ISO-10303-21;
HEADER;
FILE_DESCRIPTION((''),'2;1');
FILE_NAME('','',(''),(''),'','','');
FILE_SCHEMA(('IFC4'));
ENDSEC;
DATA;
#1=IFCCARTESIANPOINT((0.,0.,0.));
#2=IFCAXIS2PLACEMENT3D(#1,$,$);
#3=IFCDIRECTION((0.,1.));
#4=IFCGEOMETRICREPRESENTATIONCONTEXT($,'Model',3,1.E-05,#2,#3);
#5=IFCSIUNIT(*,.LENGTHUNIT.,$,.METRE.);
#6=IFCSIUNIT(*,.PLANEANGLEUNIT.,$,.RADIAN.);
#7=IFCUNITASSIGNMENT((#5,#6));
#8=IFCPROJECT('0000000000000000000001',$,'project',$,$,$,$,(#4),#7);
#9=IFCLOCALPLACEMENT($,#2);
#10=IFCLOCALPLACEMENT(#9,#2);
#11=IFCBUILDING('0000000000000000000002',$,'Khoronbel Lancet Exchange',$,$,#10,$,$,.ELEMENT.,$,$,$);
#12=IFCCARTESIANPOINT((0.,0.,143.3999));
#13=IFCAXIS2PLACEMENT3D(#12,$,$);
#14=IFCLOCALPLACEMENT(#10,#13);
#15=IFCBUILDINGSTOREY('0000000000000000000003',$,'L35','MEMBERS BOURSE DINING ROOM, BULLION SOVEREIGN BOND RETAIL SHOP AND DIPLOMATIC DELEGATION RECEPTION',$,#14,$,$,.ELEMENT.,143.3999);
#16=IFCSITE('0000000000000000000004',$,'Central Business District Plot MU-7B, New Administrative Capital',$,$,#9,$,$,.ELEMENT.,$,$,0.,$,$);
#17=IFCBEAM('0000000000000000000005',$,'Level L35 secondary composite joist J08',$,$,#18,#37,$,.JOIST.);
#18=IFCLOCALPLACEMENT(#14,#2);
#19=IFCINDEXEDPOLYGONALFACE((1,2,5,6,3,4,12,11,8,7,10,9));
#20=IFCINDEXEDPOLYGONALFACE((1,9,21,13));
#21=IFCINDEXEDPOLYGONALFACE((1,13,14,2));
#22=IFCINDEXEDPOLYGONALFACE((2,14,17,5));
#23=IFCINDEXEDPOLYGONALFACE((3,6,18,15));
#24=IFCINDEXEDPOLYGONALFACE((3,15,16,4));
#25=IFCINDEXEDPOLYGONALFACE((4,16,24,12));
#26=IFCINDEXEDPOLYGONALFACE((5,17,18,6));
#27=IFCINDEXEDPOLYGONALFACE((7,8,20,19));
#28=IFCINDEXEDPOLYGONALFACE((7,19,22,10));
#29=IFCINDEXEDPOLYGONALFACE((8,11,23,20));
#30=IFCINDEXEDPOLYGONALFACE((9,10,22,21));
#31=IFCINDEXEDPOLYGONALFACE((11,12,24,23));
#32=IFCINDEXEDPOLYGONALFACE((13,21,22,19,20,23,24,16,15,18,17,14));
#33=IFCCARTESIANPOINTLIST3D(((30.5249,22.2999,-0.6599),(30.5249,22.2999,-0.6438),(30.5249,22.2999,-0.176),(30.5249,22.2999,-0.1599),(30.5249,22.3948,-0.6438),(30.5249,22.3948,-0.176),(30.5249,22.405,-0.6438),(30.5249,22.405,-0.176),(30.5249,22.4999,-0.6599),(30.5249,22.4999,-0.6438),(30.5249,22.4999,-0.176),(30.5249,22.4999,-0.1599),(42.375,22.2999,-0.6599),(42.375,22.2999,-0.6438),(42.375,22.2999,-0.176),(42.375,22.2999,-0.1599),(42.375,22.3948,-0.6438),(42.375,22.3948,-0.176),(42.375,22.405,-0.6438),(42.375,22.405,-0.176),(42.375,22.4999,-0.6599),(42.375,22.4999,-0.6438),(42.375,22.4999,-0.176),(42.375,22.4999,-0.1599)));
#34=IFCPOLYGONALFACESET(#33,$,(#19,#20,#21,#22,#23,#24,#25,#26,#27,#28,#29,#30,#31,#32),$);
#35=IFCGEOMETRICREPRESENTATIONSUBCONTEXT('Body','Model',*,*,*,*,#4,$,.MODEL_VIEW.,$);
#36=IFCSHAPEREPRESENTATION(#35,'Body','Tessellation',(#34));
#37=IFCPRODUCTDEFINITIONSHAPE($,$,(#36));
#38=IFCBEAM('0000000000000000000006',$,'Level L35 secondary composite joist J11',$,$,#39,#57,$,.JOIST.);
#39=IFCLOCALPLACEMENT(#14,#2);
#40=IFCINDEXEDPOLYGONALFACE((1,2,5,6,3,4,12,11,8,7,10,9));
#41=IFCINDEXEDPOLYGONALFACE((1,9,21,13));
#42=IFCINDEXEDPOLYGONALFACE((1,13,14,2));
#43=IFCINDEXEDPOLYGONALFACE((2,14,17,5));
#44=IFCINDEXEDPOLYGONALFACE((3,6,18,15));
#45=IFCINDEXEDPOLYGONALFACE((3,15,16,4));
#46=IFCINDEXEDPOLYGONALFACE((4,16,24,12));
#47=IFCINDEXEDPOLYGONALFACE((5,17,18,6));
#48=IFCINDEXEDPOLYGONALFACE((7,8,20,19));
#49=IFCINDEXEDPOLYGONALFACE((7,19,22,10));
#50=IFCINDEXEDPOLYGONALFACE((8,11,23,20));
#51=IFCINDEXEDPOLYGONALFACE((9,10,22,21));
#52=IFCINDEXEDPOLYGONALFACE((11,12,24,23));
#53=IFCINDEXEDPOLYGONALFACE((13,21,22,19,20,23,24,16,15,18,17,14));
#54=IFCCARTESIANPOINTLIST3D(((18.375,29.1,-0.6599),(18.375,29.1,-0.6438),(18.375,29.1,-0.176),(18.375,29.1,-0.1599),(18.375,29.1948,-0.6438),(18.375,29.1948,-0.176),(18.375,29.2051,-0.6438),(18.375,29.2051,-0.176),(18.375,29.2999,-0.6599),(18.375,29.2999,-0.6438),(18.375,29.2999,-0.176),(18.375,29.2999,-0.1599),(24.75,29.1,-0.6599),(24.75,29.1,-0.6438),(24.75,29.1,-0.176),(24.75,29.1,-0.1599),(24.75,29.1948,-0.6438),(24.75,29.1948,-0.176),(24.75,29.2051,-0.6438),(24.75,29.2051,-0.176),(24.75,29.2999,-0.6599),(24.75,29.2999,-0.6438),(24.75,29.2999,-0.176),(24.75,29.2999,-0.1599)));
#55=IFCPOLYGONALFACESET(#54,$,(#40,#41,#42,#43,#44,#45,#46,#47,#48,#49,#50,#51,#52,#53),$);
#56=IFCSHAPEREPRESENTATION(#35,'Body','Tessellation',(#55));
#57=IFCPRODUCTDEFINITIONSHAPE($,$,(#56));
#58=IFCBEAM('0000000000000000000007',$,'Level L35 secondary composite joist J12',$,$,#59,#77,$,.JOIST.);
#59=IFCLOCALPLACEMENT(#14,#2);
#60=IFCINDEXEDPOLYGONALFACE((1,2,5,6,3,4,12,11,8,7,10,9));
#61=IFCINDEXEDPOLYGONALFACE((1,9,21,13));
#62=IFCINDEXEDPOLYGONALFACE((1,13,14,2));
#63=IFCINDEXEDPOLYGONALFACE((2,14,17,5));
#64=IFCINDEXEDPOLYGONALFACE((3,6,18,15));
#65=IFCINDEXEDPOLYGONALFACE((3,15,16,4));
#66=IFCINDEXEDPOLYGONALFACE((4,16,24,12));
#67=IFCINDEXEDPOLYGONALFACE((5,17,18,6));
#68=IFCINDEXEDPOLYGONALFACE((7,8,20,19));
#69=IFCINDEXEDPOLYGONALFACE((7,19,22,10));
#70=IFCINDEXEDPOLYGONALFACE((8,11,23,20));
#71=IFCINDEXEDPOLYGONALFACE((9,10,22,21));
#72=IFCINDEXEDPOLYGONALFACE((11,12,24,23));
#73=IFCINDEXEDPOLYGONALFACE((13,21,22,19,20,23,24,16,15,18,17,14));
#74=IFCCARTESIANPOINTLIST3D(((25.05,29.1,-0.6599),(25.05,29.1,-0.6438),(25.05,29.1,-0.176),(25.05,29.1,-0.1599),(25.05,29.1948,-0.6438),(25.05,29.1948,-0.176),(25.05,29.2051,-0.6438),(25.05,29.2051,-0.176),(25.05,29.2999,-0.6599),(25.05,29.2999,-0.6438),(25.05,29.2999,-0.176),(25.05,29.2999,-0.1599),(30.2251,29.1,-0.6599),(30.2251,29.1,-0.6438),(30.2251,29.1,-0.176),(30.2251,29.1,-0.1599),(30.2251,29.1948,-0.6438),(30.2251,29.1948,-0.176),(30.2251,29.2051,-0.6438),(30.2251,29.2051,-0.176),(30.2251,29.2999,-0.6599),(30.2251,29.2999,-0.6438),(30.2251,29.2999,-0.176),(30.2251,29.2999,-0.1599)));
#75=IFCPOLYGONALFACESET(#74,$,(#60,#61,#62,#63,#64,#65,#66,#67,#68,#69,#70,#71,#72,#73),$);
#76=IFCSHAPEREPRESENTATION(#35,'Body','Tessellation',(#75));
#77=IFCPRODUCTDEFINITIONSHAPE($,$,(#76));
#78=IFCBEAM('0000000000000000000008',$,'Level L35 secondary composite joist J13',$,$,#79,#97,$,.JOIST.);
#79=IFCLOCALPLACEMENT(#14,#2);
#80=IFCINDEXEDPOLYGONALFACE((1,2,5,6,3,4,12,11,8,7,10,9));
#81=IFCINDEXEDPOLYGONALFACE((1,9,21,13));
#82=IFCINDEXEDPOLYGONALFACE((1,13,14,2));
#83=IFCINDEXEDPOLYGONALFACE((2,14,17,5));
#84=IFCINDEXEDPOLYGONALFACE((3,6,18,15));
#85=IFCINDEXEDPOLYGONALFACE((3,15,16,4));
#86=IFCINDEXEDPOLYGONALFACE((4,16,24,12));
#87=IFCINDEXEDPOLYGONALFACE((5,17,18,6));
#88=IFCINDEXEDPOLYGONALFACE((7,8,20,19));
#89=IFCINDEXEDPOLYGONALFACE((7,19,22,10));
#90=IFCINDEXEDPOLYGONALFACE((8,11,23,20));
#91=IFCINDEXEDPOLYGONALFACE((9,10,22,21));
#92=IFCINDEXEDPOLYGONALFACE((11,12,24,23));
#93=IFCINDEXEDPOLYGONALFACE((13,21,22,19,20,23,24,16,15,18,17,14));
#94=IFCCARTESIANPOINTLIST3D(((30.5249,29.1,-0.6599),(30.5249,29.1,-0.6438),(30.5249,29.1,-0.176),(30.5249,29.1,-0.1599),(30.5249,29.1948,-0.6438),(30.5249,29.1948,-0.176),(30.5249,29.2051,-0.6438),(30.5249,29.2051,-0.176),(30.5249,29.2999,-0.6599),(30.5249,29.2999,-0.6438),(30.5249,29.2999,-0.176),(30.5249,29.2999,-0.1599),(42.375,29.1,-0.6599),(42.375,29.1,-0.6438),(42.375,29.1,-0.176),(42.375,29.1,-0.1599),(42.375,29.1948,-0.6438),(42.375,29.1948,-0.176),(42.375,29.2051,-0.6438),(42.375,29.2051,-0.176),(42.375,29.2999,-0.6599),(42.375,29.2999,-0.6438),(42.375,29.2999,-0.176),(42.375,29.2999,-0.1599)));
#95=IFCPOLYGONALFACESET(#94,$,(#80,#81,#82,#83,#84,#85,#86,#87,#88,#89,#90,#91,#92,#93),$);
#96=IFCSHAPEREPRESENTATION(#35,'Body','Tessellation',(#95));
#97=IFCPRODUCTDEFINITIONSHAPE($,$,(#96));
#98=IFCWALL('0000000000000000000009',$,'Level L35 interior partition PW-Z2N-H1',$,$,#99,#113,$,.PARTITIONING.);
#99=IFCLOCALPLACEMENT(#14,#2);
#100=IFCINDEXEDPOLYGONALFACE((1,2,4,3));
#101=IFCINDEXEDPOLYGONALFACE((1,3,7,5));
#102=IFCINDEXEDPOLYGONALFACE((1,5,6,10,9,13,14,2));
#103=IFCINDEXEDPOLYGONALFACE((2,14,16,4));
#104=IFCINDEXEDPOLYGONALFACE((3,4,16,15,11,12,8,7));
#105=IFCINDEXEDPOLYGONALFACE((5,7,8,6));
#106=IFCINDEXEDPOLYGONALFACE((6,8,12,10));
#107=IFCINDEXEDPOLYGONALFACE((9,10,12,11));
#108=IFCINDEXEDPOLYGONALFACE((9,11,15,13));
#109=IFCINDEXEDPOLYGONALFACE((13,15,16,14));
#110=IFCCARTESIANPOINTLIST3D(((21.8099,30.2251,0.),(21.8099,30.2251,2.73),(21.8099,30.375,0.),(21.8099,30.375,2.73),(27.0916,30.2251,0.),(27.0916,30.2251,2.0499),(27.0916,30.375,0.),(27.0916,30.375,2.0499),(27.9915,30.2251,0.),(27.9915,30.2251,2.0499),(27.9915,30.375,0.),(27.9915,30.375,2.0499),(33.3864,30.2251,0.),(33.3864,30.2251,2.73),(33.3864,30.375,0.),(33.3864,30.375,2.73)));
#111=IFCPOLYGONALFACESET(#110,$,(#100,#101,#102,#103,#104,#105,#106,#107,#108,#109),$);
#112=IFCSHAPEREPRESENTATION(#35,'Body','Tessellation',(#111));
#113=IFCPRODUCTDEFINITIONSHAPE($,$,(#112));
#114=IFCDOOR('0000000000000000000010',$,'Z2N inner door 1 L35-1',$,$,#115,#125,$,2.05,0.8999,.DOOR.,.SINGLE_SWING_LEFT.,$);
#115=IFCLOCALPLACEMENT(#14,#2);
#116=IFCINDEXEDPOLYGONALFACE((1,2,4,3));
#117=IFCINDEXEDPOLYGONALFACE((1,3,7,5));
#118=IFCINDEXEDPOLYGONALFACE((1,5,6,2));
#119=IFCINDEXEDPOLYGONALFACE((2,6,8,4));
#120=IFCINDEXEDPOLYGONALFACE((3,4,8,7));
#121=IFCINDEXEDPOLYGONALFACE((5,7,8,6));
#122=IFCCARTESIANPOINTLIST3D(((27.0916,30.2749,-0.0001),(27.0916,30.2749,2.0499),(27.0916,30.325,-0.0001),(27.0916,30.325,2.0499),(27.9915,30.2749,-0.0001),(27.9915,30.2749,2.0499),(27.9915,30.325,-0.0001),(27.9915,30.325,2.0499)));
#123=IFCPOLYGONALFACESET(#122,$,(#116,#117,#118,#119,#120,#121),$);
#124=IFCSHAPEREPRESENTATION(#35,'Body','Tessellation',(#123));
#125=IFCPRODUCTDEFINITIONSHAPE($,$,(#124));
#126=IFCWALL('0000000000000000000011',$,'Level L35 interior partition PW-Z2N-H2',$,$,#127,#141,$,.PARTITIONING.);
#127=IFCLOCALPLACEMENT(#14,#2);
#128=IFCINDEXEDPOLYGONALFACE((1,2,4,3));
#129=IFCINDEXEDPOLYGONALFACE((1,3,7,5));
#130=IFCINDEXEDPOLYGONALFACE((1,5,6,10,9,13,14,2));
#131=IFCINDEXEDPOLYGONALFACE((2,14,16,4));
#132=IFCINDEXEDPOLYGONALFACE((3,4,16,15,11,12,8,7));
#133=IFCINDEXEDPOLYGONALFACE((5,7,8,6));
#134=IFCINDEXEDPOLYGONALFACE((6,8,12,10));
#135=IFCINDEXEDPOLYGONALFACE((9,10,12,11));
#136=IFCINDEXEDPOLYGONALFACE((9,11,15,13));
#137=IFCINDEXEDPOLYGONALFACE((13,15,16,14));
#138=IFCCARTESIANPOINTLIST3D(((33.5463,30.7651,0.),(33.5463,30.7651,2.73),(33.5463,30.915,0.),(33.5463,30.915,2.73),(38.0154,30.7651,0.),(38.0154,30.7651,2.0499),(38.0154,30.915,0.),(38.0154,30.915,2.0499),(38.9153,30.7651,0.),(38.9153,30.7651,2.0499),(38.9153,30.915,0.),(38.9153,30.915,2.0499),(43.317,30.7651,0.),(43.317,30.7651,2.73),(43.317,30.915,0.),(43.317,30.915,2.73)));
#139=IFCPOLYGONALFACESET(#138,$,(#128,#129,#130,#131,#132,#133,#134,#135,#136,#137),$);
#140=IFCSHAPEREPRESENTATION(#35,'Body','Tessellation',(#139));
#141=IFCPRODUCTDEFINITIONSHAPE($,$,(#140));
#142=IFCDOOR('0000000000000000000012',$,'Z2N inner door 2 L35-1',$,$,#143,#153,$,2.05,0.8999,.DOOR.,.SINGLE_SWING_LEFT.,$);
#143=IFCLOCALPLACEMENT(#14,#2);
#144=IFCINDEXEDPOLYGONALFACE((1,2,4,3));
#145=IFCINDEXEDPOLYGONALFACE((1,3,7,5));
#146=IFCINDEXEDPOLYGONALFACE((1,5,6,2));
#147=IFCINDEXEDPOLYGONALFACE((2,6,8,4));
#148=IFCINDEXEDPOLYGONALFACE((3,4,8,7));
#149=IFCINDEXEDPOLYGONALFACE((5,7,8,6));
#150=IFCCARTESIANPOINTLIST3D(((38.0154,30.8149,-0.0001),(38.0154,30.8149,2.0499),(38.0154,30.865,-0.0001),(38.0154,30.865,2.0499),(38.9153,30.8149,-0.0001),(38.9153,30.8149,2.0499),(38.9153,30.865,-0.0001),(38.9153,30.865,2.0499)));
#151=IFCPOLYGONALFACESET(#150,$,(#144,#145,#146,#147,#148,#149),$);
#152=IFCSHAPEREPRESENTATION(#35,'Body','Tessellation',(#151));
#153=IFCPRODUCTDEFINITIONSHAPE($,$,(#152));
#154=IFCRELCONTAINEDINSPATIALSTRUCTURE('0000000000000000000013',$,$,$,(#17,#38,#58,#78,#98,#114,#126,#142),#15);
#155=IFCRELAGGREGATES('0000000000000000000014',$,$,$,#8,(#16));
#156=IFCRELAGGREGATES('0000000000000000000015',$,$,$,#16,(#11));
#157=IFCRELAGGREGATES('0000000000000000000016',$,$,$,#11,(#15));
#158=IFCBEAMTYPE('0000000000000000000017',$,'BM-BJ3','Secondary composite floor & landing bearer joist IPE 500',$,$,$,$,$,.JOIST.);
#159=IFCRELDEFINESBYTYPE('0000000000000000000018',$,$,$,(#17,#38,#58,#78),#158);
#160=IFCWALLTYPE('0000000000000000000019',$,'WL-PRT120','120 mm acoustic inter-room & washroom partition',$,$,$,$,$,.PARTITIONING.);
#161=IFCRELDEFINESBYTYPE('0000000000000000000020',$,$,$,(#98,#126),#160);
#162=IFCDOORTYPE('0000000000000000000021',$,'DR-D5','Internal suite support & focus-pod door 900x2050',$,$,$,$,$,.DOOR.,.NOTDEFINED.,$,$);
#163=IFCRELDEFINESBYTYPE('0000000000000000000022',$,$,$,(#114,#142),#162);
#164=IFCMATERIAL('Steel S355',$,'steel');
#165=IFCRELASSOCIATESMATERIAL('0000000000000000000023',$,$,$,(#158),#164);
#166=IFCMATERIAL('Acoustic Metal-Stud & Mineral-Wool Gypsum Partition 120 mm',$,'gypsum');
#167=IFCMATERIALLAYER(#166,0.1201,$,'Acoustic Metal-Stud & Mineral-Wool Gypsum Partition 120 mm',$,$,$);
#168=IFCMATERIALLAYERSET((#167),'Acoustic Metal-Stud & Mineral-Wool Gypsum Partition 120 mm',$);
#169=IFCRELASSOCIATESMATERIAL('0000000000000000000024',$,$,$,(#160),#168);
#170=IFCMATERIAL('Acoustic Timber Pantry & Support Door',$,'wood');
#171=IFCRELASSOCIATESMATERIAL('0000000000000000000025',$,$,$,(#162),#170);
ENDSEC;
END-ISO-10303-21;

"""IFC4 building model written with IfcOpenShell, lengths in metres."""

from ifc_helpers import new_model, si_unit, direction, frame, frame_2d, origin, origin_2d, place, context, subcontext, project, spatial, rectangle, i_section, extrude, material, layer, layer_set, material_profile, profile_set, type_object, element, fill, save


model = new_model("IFC4")

# Units and contexts
model_context = context("Model", 3, precision=1e-05, world=origin(), true_north=direction((0.0, 1.0)))
body_context = subcontext(model_context, "Body", "Model", "MODEL_VIEW")
ifc_project = project(units=[si_unit("LENGTHUNIT", "METRE"), si_unit("PLANEANGLEUNIT", "RADIAN")], contexts=[model_context])

# Site, building, storey
site_placement = place(None, origin())
site = spatial("IfcSite", under=ifc_project, at=site_placement, Name="Central Business District Plot MU-7B, New Administrative Capital", CompositionType="ELEMENT", RefElevation=0.0)
building_placement = place(site_placement, origin())
building = spatial("IfcBuilding", under=site, at=building_placement, Name="Khoronbel Lancet Exchange", CompositionType="ELEMENT")
storey_placement = place(building_placement, frame((0.0, 0.0, 143.3999)))
storey = spatial("IfcBuildingStorey", under=building, at=storey_placement, Name="L35", Description="MEMBERS BOURSE DINING ROOM, BULLION SOVEREIGN BOND RETAIL SHOP AND DIPLOMATIC DELEGATION RECEPTION", CompositionType="ELEMENT", Elevation=143.3999)

# Beams
ifc_material_1 = material(Name="Steel S355", Category="steel")
ifc_material_profile = material_profile(ifc_material_1, i_section(OverallWidth=0.2, OverallDepth=0.5, WebThickness=0.0103, FlangeThickness=0.0161, at=origin_2d()), Name="IPE 500")
ifc_profile_set = profile_set([ifc_material_profile], Name="Steel S355")
beam_type = type_object("IfcBeamType", Name="BM-BJ3", Description="Secondary composite floor & landing bearer joist IPE 500", PredefinedType="JOIST", material=ifc_profile_set)
beam_1_placement = place(storey_placement, frame((30.5249, 22.3999, -0.4099), z_axis=(1.0, 0.0, 0.0), x_axis=(0.0, 1.0, 0.0)))
element("IfcBeam", 1, at=beam_1_placement, inside=storey, type_object=beam_type, Name="Level L35 secondary composite joist J08", PredefinedType="JOIST", context=body_context, shape_type="SweptSolid", body=[
    extrude(i_section(OverallWidth=0.2, OverallDepth=0.5, WebThickness=0.0103, FlangeThickness=0.0161, at=origin_2d()), origin(), (0.0, 0.0, 1.0), 11.8501),
])
beam_2_placement = place(storey_placement, frame((18.375, 29.2, -0.4099), z_axis=(1.0, 0.0, 0.0), x_axis=(0.0, 1.0, 0.0)))
element("IfcBeam", 2, at=beam_2_placement, inside=storey, type_object=beam_type, Name="Level L35 secondary composite joist J11", PredefinedType="JOIST", context=body_context, shape_type="SweptSolid", body=[
    extrude(i_section(OverallWidth=0.2, OverallDepth=0.5, WebThickness=0.0103, FlangeThickness=0.0161, at=origin_2d()), origin(), (0.0, 0.0, 1.0), 6.375),
])
beam_3_placement = place(storey_placement, frame((25.05, 29.2, -0.4099), z_axis=(1.0, 0.0, 0.0), x_axis=(0.0, 1.0, 0.0)))
element("IfcBeam", 3, at=beam_3_placement, inside=storey, type_object=beam_type, Name="Level L35 secondary composite joist J12", PredefinedType="JOIST", context=body_context, shape_type="SweptSolid", body=[
    extrude(i_section(OverallWidth=0.2, OverallDepth=0.5, WebThickness=0.0103, FlangeThickness=0.0161, at=origin_2d()), origin(), (0.0, 0.0, 1.0), 5.175),
])
beam_4_placement = place(storey_placement, frame((30.5249, 29.2, -0.4099), z_axis=(1.0, 0.0, 0.0), x_axis=(0.0, 1.0, 0.0)))
element("IfcBeam", 4, at=beam_4_placement, inside=storey, type_object=beam_type, Name="Level L35 secondary composite joist J13", PredefinedType="JOIST", context=body_context, shape_type="SweptSolid", body=[
    extrude(i_section(OverallWidth=0.2, OverallDepth=0.5, WebThickness=0.0103, FlangeThickness=0.0161, at=origin_2d()), origin(), (0.0, 0.0, 1.0), 11.8501),
])

# Walls, openings, doors
ifc_material_2 = material(Name="Acoustic Metal-Stud & Mineral-Wool Gypsum Partition 120 mm", Category="gypsum")
ifc_layer_1 = layer(ifc_material_2, 0.1201, Name="Acoustic Metal-Stud & Mineral-Wool Gypsum Partition 120 mm")
ifc_layer_set_1 = layer_set([ifc_layer_1], Name="Acoustic Metal-Stud & Mineral-Wool Gypsum Partition 120 mm")
wall_type_1 = type_object("IfcWallType", Name="WL-PRT120", Description="120 mm acoustic inter-room & washroom partition", PredefinedType="PARTITIONING", material=ifc_layer_set_1)
wall_1_placement = place(storey_placement, frame((21.8101, 30.3, 0.0), z_axis=(0.0, 0.0, 1.0), x_axis=(1.0, 0.0, 0.0)))
wall_1 = element("IfcWall", 5, at=wall_1_placement, inside=storey, type_object=wall_type_1, Name="Level L35 interior partition PW-Z2N-H1", PredefinedType="PARTITIONING", context=body_context, shape_type="SweptSolid", body=[
    extrude(rectangle(XDim=11.5764, YDim=0.1499, at=frame_2d((5.7881, 0.0))), origin(), (0.0, 0.0, 1.0), 2.73),
])
opening_1_placement = place(wall_1_placement, frame((5.2815, 0.0, 0.0)))
opening_1 = element("IfcOpeningElement", 6, at=opening_1_placement, cuts=wall_1, PredefinedType="OPENING", context=body_context, shape_type="SweptSolid", body=[
    extrude(rectangle(XDim=0.8999, YDim=2.05, at=frame_2d((0.45, 1.0249))), frame((0.0, 0.085, 0.0), z_axis=(0.0, -1.0, 0.0), x_axis=(1.0, 0.0, 0.0)), (0.0, 0.0, 1.0), 0.1699),
])
ifc_material_3 = material(Name="Acoustic Timber Pantry & Support Door", Category="wood")
door_type_1 = type_object("IfcDoorType", Name="DR-D5", Description="Internal suite support & focus-pod door 900x2050", OperationType="NOTDEFINED", PredefinedType="DOOR", material=ifc_material_3)
door_1_placement = place(opening_1_placement, origin())
door_1 = element("IfcDoor", 7, at=door_1_placement, inside=storey, type_object=door_type_1, Name="Z2N inner door 1 L35-1", OperationType="SINGLE_SWING_LEFT", OverallHeight=2.05, OverallWidth=0.8999, PredefinedType="DOOR", context=body_context, shape_type="SweptSolid", body=[
    extrude(rectangle(XDim=0.8999, YDim=2.05, at=frame_2d((0.45, 1.0249))), frame((0.0, 0.0249, 0.0), z_axis=(0.0, -1.0, 0.0), x_axis=(1.0, 0.0, 0.0)), (0.0, 0.0, 1.0), 0.05),
])
fill(opening_1, door_1)
wall_2_placement = place(storey_placement, frame((33.5464, 30.8401, 0.0), z_axis=(0.0, 0.0, 1.0), x_axis=(1.0, 0.0, 0.0)))
wall_2 = element("IfcWall", 8, at=wall_2_placement, inside=storey, type_object=wall_type_1, Name="Level L35 interior partition PW-Z2N-H2", PredefinedType="PARTITIONING", context=body_context, shape_type="SweptSolid", body=[
    extrude(rectangle(XDim=9.7708, YDim=0.1499, at=frame_2d((4.8853, 0.0))), origin(), (0.0, 0.0, 1.0), 2.73),
])
opening_2_placement = place(wall_2_placement, frame((4.469, 0.0, 0.0)))
opening_2 = element("IfcOpeningElement", 9, at=opening_2_placement, cuts=wall_2, PredefinedType="OPENING", context=body_context, shape_type="SweptSolid", body=[
    extrude(rectangle(XDim=0.8999, YDim=2.05, at=frame_2d((0.45, 1.0249))), frame((0.0, 0.085, 0.0), z_axis=(0.0, -1.0, 0.0), x_axis=(1.0, 0.0, 0.0)), (0.0, 0.0, 1.0), 0.1699),
])
door_2_placement = place(opening_2_placement, origin())
door_2 = element("IfcDoor", 10, at=door_2_placement, inside=storey, type_object=door_type_1, Name="Z2N inner door 2 L35-1", OperationType="SINGLE_SWING_LEFT", OverallHeight=2.05, OverallWidth=0.8999, PredefinedType="DOOR", context=body_context, shape_type="SweptSolid", body=[
    extrude(rectangle(XDim=0.8999, YDim=2.05, at=frame_2d((0.45, 1.0249))), frame((0.0, 0.0249, 0.0), z_axis=(0.0, -1.0, 0.0), x_axis=(1.0, 0.0, 0.0)), (0.0, 0.0, 1.0), 0.05),
])
fill(opening_2, door_2)

save(model, "model.ifc")
